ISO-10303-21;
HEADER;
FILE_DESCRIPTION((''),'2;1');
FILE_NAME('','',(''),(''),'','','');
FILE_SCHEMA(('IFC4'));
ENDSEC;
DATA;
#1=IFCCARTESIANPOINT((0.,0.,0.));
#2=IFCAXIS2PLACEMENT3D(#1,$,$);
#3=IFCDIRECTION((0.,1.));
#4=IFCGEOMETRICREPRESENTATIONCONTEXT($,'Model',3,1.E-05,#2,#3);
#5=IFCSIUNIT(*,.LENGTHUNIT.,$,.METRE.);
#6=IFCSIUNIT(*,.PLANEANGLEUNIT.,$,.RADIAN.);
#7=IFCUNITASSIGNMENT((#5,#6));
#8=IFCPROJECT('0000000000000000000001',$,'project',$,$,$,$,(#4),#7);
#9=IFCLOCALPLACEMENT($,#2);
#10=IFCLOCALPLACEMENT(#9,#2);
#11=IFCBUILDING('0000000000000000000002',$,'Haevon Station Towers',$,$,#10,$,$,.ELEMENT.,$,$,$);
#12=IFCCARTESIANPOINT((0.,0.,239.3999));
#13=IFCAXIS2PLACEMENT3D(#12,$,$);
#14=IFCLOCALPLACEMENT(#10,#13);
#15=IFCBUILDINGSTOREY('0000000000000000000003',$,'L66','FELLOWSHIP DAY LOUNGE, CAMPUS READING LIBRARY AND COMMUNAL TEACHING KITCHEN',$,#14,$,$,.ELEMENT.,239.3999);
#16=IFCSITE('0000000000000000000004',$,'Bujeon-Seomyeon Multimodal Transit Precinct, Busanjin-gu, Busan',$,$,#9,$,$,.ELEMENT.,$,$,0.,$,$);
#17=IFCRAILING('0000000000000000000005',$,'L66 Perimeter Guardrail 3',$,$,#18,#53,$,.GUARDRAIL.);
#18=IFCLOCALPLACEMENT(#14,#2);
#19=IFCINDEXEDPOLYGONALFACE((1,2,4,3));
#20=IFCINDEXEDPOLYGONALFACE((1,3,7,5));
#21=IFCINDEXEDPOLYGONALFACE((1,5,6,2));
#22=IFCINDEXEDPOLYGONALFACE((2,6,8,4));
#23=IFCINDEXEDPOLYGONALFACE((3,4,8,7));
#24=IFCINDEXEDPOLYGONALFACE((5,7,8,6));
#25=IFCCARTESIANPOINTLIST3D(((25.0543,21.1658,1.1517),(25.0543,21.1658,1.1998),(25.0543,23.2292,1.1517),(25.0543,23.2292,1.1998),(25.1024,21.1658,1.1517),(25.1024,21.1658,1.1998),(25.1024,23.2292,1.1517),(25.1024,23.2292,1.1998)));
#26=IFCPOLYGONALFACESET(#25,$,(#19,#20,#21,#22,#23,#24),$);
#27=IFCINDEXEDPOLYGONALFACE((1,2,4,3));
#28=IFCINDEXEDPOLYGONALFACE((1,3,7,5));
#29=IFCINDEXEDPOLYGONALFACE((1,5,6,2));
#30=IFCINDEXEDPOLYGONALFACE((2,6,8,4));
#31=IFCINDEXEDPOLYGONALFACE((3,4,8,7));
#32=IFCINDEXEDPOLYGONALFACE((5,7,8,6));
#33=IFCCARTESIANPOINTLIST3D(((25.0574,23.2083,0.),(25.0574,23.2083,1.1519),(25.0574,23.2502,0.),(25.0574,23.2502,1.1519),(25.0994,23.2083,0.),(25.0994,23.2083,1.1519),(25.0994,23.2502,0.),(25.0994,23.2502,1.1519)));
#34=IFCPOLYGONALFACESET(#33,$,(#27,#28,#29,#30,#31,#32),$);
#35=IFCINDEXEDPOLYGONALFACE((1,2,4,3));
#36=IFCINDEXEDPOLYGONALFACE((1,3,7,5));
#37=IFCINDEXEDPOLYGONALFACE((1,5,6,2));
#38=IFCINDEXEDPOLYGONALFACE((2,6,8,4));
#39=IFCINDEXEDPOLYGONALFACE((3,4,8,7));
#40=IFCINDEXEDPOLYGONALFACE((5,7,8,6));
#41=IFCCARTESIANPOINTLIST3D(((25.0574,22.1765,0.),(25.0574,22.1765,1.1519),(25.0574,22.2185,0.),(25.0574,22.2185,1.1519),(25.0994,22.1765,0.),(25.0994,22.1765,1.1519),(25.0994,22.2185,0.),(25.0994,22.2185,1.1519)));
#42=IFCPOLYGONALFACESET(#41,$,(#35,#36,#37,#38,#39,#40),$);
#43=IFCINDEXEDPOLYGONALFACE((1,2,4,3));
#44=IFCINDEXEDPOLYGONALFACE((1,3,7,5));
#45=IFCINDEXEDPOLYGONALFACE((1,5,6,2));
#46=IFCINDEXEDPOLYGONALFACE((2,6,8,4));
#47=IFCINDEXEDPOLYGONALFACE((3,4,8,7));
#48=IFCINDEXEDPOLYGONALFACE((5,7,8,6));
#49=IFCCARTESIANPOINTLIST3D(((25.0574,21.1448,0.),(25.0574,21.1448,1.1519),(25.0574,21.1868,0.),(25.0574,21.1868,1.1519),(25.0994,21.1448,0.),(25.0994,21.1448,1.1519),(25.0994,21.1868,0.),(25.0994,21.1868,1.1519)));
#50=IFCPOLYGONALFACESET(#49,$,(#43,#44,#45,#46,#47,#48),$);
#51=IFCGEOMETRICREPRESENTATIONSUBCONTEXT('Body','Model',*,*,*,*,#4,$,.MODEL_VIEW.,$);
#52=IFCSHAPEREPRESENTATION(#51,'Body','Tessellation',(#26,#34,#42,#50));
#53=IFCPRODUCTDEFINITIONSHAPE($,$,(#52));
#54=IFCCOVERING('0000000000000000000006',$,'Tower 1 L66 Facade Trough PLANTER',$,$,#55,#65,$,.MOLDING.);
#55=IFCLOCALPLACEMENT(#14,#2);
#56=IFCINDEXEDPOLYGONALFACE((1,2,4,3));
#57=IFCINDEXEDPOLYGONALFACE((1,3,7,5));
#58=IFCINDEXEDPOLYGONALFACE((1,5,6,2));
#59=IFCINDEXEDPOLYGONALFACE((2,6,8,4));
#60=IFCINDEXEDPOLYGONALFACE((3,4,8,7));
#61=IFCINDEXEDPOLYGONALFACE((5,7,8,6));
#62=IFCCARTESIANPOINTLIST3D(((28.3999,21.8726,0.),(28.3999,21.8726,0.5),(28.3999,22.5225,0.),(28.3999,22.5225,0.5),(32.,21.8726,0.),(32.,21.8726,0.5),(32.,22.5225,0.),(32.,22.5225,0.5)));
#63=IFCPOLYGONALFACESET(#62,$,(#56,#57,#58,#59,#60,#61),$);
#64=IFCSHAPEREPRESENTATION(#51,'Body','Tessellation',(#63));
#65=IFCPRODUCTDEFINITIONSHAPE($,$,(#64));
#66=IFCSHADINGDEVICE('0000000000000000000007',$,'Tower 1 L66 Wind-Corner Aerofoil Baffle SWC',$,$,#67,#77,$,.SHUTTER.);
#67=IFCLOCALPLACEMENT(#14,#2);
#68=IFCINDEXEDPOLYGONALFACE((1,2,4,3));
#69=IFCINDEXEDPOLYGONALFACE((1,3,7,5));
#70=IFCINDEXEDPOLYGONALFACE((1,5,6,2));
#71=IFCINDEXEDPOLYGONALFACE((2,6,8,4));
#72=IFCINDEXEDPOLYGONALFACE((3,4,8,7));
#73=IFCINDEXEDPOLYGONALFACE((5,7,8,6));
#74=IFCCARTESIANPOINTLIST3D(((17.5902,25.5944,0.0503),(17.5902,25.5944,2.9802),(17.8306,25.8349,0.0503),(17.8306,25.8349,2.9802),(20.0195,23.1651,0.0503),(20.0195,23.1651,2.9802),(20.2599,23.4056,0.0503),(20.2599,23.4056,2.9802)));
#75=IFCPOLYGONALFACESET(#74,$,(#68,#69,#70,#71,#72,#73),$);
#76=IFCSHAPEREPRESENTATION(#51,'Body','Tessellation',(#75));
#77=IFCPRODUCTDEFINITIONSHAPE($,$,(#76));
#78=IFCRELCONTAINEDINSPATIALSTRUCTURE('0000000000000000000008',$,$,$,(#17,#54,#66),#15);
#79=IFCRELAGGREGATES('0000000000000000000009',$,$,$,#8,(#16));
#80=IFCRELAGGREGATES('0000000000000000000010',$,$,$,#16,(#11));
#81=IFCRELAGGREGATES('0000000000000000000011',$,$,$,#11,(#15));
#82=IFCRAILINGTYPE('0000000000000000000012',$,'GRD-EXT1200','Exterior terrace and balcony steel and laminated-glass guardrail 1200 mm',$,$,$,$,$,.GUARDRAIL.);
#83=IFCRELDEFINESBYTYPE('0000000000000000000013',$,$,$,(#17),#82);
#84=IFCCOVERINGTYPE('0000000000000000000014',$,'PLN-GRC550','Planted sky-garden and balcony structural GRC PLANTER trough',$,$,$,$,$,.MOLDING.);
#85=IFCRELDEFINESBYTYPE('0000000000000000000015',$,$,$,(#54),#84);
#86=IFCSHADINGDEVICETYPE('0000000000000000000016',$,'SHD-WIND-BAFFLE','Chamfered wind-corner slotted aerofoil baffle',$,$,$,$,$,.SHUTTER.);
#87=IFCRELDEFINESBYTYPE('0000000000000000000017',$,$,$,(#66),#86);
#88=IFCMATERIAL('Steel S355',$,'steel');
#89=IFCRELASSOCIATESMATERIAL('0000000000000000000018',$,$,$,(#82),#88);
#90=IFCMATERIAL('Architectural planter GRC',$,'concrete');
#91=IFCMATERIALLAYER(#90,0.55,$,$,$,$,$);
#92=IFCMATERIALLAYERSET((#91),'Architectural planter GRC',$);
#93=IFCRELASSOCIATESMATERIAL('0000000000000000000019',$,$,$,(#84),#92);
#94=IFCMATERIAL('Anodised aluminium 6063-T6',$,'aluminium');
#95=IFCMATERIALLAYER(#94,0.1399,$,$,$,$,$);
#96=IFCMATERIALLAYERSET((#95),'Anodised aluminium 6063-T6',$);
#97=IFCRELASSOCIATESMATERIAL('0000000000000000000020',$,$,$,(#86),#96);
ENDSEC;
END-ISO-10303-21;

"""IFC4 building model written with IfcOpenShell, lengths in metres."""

from ifc_helpers import new_model, si_unit, direction, frame, origin, origin_2d, place, context, subcontext, project, spatial, rectangle, extrude, material, layer, layer_set, type_object, element, save


model = new_model("IFC4")

# Units and contexts
model_context = context("Model", 3, precision=1e-05, world=origin(), true_north=direction((0.0, 1.0)))
body_context = subcontext(model_context, "Body", "Model", "MODEL_VIEW")
ifc_project = project(units=[si_unit("LENGTHUNIT", "METRE"), si_unit("PLANEANGLEUNIT", "RADIAN")], contexts=[model_context])

# Site, building, storey
site_placement = place(None, origin())
site = spatial("IfcSite", under=ifc_project, at=site_placement, Name="Bujeon-Seomyeon Multimodal Transit Precinct, Busanjin-gu, Busan", CompositionType="ELEMENT", RefElevation=0.0)
building_placement = place(site_placement, origin())
building = spatial("IfcBuilding", under=site, at=building_placement, Name="Haevon Station Towers", CompositionType="ELEMENT")
storey_placement = place(building_placement, frame((0.0, 0.0, 239.3999)))
storey = spatial("IfcBuildingStorey", under=building, at=storey_placement, Name="L66", Description="FELLOWSHIP DAY LOUNGE, CAMPUS READING LIBRARY AND COMMUNAL TEACHING KITCHEN", CompositionType="ELEMENT", Elevation=239.3999)

# Shared definitions
ifc_material_1 = material(Name="Steel S355", Category="steel")

# Railing
railing_type = type_object("IfcRailingType", Name="GRD-EXT1200", Description="Exterior terrace and balcony steel and laminated-glass guardrail 1200 mm", PredefinedType="GUARDRAIL", material=ifc_material_1)
railing_1_placement = place(storey_placement, frame((25.0784, 23.2292, 0.0)))
element("IfcRailing", 1, at=railing_1_placement, inside=storey, type_object=railing_type, Name="L66 Perimeter Guardrail 3", PredefinedType="GUARDRAIL", context=body_context, shape_type="SweptSolid", body=[
    extrude(rectangle(XDim=0.0481, YDim=0.0481, at=origin_2d()), frame((0.0, 0.0, 1.1758), z_axis=(0.0, -1.0, 0.0), x_axis=(1.0, 0.0, 0.0)), (0.0, 0.0, 1.0), 2.0635),
    extrude(rectangle(XDim=0.042, YDim=0.042, at=origin_2d()), origin(), (0.0, 0.0, 1.0), 1.1519),
    extrude(rectangle(XDim=0.042, YDim=0.042, at=origin_2d()), frame((0.0, -1.0317, 0.0)), (0.0, 0.0, 1.0), 1.1519),
    extrude(rectangle(XDim=0.042, YDim=0.042, at=origin_2d()), frame((0.0, -2.0635, 0.0)), (0.0, 0.0, 1.0), 1.1519),
])

# Covering
ifc_material_2 = material(Name="Architectural planter GRC", Category="concrete")
ifc_layer_1 = layer(ifc_material_2, 0.55)
ifc_layer_set_1 = layer_set([ifc_layer_1], Name="Architectural planter GRC")
covering_type_1 = type_object("IfcCoveringType", Name="PLN-GRC550", Description="Planted sky-garden and balcony structural GRC PLANTER trough", PredefinedType="MOLDING", material=ifc_layer_set_1)
covering_1_placement = place(storey_placement, frame((30.2, 22.1975, 0.0), z_axis=(0.0, 0.0, 1.0), x_axis=(1.0, 0.0, 0.0)))
element("IfcCovering", 2, at=covering_1_placement, inside=storey, type_object=covering_type_1, Name="Tower 1 L66 Facade Trough PLANTER", PredefinedType="MOLDING", context=body_context, shape_type="SweptSolid", body=[
    extrude(rectangle(XDim=3.6001, YDim=0.6499, at=origin_2d()), origin(), (0.0, 0.0, 1.0), 0.5),
])

# Shading device
ifc_material_3 = material(Name="Anodised aluminium 6063-T6", Category="aluminium")
ifc_layer_2 = layer(ifc_material_3, 0.1399)
ifc_layer_set_2 = layer_set([ifc_layer_2], Name="Anodised aluminium 6063-T6")
shading_device_type = type_object("IfcShadingDeviceType", Name="SHD-WIND-BAFFLE", Description="Chamfered wind-corner slotted aerofoil baffle", PredefinedType="SHUTTER", material=ifc_layer_set_2)
shading_device_placement = place(storey_placement, frame((18.925, 24.5, 0.0503), z_axis=(0.0, 0.0, 1.0), x_axis=(-0.707107, 0.707107, 0.0)))
element("IfcShadingDevice", 3, at=shading_device_placement, inside=storey, type_object=shading_device_type, Name="Tower 1 L66 Wind-Corner Aerofoil Baffle SWC", PredefinedType="SHUTTER", context=body_context, shape_type="SweptSolid", body=[
    extrude(rectangle(XDim=3.4355, YDim=0.3401, at=origin_2d()), origin(), (0.0, 0.0, 1.0), 2.9299),
])

save(model, "model.ifc")
